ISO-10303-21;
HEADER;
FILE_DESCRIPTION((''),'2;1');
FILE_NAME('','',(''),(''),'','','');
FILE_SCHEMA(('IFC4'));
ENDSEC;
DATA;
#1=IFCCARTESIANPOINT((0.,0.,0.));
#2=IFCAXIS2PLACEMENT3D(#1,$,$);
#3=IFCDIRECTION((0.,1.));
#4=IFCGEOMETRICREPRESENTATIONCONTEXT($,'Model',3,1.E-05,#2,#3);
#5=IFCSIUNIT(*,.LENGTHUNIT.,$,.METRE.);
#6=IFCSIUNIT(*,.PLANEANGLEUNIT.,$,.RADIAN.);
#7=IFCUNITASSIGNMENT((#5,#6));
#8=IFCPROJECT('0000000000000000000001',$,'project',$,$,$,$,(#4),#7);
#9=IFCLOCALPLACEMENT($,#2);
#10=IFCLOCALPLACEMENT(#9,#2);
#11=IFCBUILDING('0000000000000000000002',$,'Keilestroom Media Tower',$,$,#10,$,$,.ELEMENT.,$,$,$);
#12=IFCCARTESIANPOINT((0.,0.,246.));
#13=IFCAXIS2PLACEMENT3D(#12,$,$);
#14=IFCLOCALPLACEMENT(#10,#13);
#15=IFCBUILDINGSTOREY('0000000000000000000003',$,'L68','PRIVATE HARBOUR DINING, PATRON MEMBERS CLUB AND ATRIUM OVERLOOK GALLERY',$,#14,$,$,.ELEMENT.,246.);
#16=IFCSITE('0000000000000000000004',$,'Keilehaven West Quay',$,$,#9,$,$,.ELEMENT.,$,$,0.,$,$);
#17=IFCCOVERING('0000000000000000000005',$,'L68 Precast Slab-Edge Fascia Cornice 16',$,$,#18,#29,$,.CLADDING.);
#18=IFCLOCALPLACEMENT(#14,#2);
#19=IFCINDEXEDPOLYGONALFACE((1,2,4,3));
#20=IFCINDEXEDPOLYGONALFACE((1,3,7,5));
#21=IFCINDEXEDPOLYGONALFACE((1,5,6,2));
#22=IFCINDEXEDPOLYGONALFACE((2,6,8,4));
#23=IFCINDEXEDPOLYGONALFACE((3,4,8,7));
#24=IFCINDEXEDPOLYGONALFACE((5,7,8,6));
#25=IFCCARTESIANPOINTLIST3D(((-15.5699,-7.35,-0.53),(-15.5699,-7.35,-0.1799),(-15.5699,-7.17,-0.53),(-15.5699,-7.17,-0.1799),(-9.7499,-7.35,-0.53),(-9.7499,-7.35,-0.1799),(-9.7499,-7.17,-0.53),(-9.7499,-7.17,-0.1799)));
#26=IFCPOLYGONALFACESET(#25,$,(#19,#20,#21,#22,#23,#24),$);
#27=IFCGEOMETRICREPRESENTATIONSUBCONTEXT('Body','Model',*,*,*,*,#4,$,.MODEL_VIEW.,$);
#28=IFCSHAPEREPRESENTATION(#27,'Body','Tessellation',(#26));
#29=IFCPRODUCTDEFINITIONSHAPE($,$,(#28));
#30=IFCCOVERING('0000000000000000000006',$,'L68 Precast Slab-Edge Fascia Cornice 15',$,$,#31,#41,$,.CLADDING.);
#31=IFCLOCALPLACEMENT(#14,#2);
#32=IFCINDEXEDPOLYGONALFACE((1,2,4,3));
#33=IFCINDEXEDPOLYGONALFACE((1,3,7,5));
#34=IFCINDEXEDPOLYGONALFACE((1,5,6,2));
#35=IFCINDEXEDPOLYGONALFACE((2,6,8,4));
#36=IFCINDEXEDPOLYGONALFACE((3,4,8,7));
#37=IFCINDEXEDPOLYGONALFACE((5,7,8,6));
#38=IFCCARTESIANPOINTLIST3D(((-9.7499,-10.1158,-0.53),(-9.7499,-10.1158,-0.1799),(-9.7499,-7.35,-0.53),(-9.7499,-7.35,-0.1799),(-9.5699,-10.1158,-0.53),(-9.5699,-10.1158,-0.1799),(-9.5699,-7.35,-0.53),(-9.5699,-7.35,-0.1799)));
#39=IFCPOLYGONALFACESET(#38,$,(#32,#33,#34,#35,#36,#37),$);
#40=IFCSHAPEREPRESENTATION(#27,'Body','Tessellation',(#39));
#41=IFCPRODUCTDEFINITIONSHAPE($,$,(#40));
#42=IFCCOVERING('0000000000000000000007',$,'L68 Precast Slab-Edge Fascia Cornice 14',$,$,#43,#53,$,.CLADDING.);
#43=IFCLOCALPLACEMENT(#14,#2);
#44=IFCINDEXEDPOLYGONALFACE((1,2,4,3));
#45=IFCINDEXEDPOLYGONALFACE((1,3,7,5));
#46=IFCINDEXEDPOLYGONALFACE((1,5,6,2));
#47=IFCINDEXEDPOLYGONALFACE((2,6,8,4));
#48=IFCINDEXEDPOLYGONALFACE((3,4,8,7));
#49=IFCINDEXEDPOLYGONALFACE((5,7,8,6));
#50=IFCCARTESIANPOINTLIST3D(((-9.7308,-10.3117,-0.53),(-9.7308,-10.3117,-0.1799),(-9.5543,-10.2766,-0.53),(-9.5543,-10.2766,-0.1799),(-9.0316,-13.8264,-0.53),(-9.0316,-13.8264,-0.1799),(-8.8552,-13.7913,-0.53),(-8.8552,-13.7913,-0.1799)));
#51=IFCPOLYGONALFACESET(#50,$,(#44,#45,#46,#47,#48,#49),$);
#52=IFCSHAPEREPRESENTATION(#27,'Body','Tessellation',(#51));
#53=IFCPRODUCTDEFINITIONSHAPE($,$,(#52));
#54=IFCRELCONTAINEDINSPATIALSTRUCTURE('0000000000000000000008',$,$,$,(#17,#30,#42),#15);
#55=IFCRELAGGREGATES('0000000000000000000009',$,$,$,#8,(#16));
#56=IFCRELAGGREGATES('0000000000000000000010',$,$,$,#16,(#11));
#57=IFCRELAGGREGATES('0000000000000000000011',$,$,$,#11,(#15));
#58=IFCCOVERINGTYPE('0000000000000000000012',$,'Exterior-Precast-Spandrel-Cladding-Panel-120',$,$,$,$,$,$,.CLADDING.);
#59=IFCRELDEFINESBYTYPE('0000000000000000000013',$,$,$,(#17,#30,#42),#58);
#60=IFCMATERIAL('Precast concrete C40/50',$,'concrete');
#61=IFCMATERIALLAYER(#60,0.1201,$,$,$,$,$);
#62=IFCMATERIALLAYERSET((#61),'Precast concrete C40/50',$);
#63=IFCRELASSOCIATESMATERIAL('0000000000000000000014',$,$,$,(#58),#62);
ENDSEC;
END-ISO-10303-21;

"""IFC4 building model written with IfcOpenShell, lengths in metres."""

from ifc_helpers import new_model, si_unit, direction, frame, origin, origin_2d, place, context, subcontext, project, spatial, rectangle, extrude, source, transform, mapped, material, layer, layer_set, type_object, element, save


model = new_model("IFC4")

# Units and contexts
model_context = context("Model", 3, precision=1e-05, world=origin(), true_north=direction((0.0, 1.0)))
body_context = subcontext(model_context, "Body", "Model", "MODEL_VIEW")
ifc_project = project(units=[si_unit("LENGTHUNIT", "METRE"), si_unit("PLANEANGLEUNIT", "RADIAN")], contexts=[model_context])

# Site, building, storey
site_placement = place(None, origin())
site = spatial("IfcSite", under=ifc_project, at=site_placement, Name="Keilehaven West Quay", CompositionType="ELEMENT", RefElevation=0.0)
building_placement = place(site_placement, origin())
building = spatial("IfcBuilding", under=site, at=building_placement, Name="Keilestroom Media Tower", CompositionType="ELEMENT")
storey_placement = place(building_placement, frame((0.0, 0.0, 246.0)))
storey = spatial("IfcBuildingStorey", under=building, at=storey_placement, Name="L68", Description="PRIVATE HARBOUR DINING, PATRON MEMBERS CLUB AND ATRIUM OVERLOOK GALLERY", CompositionType="ELEMENT", Elevation=246.0)

# Shared definitions
ifc_material_1 = material(Name="Precast concrete C40/50", Category="concrete")

# Coverings
ifc_layer_1 = layer(ifc_material_1, 0.1201)
ifc_layer_set_1 = layer_set([ifc_layer_1], Name="Precast concrete C40/50")
covering_type = type_object("IfcCoveringType", Name="Exterior-Precast-Spandrel-Cladding-Panel-120", PredefinedType="CLADDING", material=ifc_layer_set_1)
shared_shape_1 = source(origin(), body_context, "Body", "SweptSolid", [
    extrude(rectangle(XDim=5.8201, YDim=0.1799, at=origin_2d()), origin(), (0.0, 0.0, 1.0), 0.3501),
])
covering_1_placement = place(storey_placement, frame((-12.6599, -7.26, -0.53), z_axis=(0.0, 0.0, 1.0), x_axis=(-1.0, 0.0, 0.0)))
element("IfcCovering", 1, at=covering_1_placement, inside=storey, type_object=covering_type, Name="L68 Precast Slab-Edge Fascia Cornice 16", PredefinedType="CLADDING", context=body_context, shape_type="MappedRepresentation", body=[
    mapped(shared_shape_1, transform((0.0, 0.0, 0.0), x_axis=(1.0, 0.0, 0.0), y_axis=(0.0, 1.0, 0.0), z_axis=(0.0, 0.0, 1.0), scale=1.0)),
])
shared_shape_2 = source(origin(), body_context, "Body", "SweptSolid", [
    extrude(rectangle(XDim=2.7659, YDim=0.1799, at=origin_2d()), origin(), (0.0, 0.0, 1.0), 0.3501),
])
covering_2_placement = place(storey_placement, frame((-9.6599, -8.7329, -0.53), z_axis=(0.0, 0.0, 1.0), x_axis=(0.0, 1.0, 0.0)))
element("IfcCovering", 2, at=covering_2_placement, inside=storey, type_object=covering_type, Name="L68 Precast Slab-Edge Fascia Cornice 15", PredefinedType="CLADDING", context=body_context, shape_type="MappedRepresentation", body=[
    mapped(shared_shape_2, transform((0.0, 0.0, 0.0), x_axis=(1.0, 0.0, 0.0), y_axis=(0.0, 1.0, 0.0), z_axis=(0.0, 0.0, 1.0), scale=1.0)),
])
shared_shape_3 = source(origin(), body_context, "Body", "SweptSolid", [
    extrude(rectangle(XDim=3.5835, YDim=0.1799, at=origin_2d()), origin(), (0.0, 0.0, 1.0), 0.3501),
])
covering_3_placement = place(storey_placement, frame((-9.293, -12.0515, -0.53), z_axis=(0.0, 0.0, 1.0), x_axis=(-0.195099, 0.980784, 0.0)))
element("IfcCovering", 3, at=covering_3_placement, inside=storey, type_object=covering_type, Name="L68 Precast Slab-Edge Fascia Cornice 14", PredefinedType="CLADDING", context=body_context, shape_type="MappedRepresentation", body=[
    mapped(shared_shape_3, transform((0.0, 0.0, 0.0), x_axis=(1.0, 0.0, 0.0), y_axis=(0.0, 1.0, 0.0), z_axis=(0.0, 0.0, 1.0), scale=1.0)),
])

save(model, "model.ifc")
